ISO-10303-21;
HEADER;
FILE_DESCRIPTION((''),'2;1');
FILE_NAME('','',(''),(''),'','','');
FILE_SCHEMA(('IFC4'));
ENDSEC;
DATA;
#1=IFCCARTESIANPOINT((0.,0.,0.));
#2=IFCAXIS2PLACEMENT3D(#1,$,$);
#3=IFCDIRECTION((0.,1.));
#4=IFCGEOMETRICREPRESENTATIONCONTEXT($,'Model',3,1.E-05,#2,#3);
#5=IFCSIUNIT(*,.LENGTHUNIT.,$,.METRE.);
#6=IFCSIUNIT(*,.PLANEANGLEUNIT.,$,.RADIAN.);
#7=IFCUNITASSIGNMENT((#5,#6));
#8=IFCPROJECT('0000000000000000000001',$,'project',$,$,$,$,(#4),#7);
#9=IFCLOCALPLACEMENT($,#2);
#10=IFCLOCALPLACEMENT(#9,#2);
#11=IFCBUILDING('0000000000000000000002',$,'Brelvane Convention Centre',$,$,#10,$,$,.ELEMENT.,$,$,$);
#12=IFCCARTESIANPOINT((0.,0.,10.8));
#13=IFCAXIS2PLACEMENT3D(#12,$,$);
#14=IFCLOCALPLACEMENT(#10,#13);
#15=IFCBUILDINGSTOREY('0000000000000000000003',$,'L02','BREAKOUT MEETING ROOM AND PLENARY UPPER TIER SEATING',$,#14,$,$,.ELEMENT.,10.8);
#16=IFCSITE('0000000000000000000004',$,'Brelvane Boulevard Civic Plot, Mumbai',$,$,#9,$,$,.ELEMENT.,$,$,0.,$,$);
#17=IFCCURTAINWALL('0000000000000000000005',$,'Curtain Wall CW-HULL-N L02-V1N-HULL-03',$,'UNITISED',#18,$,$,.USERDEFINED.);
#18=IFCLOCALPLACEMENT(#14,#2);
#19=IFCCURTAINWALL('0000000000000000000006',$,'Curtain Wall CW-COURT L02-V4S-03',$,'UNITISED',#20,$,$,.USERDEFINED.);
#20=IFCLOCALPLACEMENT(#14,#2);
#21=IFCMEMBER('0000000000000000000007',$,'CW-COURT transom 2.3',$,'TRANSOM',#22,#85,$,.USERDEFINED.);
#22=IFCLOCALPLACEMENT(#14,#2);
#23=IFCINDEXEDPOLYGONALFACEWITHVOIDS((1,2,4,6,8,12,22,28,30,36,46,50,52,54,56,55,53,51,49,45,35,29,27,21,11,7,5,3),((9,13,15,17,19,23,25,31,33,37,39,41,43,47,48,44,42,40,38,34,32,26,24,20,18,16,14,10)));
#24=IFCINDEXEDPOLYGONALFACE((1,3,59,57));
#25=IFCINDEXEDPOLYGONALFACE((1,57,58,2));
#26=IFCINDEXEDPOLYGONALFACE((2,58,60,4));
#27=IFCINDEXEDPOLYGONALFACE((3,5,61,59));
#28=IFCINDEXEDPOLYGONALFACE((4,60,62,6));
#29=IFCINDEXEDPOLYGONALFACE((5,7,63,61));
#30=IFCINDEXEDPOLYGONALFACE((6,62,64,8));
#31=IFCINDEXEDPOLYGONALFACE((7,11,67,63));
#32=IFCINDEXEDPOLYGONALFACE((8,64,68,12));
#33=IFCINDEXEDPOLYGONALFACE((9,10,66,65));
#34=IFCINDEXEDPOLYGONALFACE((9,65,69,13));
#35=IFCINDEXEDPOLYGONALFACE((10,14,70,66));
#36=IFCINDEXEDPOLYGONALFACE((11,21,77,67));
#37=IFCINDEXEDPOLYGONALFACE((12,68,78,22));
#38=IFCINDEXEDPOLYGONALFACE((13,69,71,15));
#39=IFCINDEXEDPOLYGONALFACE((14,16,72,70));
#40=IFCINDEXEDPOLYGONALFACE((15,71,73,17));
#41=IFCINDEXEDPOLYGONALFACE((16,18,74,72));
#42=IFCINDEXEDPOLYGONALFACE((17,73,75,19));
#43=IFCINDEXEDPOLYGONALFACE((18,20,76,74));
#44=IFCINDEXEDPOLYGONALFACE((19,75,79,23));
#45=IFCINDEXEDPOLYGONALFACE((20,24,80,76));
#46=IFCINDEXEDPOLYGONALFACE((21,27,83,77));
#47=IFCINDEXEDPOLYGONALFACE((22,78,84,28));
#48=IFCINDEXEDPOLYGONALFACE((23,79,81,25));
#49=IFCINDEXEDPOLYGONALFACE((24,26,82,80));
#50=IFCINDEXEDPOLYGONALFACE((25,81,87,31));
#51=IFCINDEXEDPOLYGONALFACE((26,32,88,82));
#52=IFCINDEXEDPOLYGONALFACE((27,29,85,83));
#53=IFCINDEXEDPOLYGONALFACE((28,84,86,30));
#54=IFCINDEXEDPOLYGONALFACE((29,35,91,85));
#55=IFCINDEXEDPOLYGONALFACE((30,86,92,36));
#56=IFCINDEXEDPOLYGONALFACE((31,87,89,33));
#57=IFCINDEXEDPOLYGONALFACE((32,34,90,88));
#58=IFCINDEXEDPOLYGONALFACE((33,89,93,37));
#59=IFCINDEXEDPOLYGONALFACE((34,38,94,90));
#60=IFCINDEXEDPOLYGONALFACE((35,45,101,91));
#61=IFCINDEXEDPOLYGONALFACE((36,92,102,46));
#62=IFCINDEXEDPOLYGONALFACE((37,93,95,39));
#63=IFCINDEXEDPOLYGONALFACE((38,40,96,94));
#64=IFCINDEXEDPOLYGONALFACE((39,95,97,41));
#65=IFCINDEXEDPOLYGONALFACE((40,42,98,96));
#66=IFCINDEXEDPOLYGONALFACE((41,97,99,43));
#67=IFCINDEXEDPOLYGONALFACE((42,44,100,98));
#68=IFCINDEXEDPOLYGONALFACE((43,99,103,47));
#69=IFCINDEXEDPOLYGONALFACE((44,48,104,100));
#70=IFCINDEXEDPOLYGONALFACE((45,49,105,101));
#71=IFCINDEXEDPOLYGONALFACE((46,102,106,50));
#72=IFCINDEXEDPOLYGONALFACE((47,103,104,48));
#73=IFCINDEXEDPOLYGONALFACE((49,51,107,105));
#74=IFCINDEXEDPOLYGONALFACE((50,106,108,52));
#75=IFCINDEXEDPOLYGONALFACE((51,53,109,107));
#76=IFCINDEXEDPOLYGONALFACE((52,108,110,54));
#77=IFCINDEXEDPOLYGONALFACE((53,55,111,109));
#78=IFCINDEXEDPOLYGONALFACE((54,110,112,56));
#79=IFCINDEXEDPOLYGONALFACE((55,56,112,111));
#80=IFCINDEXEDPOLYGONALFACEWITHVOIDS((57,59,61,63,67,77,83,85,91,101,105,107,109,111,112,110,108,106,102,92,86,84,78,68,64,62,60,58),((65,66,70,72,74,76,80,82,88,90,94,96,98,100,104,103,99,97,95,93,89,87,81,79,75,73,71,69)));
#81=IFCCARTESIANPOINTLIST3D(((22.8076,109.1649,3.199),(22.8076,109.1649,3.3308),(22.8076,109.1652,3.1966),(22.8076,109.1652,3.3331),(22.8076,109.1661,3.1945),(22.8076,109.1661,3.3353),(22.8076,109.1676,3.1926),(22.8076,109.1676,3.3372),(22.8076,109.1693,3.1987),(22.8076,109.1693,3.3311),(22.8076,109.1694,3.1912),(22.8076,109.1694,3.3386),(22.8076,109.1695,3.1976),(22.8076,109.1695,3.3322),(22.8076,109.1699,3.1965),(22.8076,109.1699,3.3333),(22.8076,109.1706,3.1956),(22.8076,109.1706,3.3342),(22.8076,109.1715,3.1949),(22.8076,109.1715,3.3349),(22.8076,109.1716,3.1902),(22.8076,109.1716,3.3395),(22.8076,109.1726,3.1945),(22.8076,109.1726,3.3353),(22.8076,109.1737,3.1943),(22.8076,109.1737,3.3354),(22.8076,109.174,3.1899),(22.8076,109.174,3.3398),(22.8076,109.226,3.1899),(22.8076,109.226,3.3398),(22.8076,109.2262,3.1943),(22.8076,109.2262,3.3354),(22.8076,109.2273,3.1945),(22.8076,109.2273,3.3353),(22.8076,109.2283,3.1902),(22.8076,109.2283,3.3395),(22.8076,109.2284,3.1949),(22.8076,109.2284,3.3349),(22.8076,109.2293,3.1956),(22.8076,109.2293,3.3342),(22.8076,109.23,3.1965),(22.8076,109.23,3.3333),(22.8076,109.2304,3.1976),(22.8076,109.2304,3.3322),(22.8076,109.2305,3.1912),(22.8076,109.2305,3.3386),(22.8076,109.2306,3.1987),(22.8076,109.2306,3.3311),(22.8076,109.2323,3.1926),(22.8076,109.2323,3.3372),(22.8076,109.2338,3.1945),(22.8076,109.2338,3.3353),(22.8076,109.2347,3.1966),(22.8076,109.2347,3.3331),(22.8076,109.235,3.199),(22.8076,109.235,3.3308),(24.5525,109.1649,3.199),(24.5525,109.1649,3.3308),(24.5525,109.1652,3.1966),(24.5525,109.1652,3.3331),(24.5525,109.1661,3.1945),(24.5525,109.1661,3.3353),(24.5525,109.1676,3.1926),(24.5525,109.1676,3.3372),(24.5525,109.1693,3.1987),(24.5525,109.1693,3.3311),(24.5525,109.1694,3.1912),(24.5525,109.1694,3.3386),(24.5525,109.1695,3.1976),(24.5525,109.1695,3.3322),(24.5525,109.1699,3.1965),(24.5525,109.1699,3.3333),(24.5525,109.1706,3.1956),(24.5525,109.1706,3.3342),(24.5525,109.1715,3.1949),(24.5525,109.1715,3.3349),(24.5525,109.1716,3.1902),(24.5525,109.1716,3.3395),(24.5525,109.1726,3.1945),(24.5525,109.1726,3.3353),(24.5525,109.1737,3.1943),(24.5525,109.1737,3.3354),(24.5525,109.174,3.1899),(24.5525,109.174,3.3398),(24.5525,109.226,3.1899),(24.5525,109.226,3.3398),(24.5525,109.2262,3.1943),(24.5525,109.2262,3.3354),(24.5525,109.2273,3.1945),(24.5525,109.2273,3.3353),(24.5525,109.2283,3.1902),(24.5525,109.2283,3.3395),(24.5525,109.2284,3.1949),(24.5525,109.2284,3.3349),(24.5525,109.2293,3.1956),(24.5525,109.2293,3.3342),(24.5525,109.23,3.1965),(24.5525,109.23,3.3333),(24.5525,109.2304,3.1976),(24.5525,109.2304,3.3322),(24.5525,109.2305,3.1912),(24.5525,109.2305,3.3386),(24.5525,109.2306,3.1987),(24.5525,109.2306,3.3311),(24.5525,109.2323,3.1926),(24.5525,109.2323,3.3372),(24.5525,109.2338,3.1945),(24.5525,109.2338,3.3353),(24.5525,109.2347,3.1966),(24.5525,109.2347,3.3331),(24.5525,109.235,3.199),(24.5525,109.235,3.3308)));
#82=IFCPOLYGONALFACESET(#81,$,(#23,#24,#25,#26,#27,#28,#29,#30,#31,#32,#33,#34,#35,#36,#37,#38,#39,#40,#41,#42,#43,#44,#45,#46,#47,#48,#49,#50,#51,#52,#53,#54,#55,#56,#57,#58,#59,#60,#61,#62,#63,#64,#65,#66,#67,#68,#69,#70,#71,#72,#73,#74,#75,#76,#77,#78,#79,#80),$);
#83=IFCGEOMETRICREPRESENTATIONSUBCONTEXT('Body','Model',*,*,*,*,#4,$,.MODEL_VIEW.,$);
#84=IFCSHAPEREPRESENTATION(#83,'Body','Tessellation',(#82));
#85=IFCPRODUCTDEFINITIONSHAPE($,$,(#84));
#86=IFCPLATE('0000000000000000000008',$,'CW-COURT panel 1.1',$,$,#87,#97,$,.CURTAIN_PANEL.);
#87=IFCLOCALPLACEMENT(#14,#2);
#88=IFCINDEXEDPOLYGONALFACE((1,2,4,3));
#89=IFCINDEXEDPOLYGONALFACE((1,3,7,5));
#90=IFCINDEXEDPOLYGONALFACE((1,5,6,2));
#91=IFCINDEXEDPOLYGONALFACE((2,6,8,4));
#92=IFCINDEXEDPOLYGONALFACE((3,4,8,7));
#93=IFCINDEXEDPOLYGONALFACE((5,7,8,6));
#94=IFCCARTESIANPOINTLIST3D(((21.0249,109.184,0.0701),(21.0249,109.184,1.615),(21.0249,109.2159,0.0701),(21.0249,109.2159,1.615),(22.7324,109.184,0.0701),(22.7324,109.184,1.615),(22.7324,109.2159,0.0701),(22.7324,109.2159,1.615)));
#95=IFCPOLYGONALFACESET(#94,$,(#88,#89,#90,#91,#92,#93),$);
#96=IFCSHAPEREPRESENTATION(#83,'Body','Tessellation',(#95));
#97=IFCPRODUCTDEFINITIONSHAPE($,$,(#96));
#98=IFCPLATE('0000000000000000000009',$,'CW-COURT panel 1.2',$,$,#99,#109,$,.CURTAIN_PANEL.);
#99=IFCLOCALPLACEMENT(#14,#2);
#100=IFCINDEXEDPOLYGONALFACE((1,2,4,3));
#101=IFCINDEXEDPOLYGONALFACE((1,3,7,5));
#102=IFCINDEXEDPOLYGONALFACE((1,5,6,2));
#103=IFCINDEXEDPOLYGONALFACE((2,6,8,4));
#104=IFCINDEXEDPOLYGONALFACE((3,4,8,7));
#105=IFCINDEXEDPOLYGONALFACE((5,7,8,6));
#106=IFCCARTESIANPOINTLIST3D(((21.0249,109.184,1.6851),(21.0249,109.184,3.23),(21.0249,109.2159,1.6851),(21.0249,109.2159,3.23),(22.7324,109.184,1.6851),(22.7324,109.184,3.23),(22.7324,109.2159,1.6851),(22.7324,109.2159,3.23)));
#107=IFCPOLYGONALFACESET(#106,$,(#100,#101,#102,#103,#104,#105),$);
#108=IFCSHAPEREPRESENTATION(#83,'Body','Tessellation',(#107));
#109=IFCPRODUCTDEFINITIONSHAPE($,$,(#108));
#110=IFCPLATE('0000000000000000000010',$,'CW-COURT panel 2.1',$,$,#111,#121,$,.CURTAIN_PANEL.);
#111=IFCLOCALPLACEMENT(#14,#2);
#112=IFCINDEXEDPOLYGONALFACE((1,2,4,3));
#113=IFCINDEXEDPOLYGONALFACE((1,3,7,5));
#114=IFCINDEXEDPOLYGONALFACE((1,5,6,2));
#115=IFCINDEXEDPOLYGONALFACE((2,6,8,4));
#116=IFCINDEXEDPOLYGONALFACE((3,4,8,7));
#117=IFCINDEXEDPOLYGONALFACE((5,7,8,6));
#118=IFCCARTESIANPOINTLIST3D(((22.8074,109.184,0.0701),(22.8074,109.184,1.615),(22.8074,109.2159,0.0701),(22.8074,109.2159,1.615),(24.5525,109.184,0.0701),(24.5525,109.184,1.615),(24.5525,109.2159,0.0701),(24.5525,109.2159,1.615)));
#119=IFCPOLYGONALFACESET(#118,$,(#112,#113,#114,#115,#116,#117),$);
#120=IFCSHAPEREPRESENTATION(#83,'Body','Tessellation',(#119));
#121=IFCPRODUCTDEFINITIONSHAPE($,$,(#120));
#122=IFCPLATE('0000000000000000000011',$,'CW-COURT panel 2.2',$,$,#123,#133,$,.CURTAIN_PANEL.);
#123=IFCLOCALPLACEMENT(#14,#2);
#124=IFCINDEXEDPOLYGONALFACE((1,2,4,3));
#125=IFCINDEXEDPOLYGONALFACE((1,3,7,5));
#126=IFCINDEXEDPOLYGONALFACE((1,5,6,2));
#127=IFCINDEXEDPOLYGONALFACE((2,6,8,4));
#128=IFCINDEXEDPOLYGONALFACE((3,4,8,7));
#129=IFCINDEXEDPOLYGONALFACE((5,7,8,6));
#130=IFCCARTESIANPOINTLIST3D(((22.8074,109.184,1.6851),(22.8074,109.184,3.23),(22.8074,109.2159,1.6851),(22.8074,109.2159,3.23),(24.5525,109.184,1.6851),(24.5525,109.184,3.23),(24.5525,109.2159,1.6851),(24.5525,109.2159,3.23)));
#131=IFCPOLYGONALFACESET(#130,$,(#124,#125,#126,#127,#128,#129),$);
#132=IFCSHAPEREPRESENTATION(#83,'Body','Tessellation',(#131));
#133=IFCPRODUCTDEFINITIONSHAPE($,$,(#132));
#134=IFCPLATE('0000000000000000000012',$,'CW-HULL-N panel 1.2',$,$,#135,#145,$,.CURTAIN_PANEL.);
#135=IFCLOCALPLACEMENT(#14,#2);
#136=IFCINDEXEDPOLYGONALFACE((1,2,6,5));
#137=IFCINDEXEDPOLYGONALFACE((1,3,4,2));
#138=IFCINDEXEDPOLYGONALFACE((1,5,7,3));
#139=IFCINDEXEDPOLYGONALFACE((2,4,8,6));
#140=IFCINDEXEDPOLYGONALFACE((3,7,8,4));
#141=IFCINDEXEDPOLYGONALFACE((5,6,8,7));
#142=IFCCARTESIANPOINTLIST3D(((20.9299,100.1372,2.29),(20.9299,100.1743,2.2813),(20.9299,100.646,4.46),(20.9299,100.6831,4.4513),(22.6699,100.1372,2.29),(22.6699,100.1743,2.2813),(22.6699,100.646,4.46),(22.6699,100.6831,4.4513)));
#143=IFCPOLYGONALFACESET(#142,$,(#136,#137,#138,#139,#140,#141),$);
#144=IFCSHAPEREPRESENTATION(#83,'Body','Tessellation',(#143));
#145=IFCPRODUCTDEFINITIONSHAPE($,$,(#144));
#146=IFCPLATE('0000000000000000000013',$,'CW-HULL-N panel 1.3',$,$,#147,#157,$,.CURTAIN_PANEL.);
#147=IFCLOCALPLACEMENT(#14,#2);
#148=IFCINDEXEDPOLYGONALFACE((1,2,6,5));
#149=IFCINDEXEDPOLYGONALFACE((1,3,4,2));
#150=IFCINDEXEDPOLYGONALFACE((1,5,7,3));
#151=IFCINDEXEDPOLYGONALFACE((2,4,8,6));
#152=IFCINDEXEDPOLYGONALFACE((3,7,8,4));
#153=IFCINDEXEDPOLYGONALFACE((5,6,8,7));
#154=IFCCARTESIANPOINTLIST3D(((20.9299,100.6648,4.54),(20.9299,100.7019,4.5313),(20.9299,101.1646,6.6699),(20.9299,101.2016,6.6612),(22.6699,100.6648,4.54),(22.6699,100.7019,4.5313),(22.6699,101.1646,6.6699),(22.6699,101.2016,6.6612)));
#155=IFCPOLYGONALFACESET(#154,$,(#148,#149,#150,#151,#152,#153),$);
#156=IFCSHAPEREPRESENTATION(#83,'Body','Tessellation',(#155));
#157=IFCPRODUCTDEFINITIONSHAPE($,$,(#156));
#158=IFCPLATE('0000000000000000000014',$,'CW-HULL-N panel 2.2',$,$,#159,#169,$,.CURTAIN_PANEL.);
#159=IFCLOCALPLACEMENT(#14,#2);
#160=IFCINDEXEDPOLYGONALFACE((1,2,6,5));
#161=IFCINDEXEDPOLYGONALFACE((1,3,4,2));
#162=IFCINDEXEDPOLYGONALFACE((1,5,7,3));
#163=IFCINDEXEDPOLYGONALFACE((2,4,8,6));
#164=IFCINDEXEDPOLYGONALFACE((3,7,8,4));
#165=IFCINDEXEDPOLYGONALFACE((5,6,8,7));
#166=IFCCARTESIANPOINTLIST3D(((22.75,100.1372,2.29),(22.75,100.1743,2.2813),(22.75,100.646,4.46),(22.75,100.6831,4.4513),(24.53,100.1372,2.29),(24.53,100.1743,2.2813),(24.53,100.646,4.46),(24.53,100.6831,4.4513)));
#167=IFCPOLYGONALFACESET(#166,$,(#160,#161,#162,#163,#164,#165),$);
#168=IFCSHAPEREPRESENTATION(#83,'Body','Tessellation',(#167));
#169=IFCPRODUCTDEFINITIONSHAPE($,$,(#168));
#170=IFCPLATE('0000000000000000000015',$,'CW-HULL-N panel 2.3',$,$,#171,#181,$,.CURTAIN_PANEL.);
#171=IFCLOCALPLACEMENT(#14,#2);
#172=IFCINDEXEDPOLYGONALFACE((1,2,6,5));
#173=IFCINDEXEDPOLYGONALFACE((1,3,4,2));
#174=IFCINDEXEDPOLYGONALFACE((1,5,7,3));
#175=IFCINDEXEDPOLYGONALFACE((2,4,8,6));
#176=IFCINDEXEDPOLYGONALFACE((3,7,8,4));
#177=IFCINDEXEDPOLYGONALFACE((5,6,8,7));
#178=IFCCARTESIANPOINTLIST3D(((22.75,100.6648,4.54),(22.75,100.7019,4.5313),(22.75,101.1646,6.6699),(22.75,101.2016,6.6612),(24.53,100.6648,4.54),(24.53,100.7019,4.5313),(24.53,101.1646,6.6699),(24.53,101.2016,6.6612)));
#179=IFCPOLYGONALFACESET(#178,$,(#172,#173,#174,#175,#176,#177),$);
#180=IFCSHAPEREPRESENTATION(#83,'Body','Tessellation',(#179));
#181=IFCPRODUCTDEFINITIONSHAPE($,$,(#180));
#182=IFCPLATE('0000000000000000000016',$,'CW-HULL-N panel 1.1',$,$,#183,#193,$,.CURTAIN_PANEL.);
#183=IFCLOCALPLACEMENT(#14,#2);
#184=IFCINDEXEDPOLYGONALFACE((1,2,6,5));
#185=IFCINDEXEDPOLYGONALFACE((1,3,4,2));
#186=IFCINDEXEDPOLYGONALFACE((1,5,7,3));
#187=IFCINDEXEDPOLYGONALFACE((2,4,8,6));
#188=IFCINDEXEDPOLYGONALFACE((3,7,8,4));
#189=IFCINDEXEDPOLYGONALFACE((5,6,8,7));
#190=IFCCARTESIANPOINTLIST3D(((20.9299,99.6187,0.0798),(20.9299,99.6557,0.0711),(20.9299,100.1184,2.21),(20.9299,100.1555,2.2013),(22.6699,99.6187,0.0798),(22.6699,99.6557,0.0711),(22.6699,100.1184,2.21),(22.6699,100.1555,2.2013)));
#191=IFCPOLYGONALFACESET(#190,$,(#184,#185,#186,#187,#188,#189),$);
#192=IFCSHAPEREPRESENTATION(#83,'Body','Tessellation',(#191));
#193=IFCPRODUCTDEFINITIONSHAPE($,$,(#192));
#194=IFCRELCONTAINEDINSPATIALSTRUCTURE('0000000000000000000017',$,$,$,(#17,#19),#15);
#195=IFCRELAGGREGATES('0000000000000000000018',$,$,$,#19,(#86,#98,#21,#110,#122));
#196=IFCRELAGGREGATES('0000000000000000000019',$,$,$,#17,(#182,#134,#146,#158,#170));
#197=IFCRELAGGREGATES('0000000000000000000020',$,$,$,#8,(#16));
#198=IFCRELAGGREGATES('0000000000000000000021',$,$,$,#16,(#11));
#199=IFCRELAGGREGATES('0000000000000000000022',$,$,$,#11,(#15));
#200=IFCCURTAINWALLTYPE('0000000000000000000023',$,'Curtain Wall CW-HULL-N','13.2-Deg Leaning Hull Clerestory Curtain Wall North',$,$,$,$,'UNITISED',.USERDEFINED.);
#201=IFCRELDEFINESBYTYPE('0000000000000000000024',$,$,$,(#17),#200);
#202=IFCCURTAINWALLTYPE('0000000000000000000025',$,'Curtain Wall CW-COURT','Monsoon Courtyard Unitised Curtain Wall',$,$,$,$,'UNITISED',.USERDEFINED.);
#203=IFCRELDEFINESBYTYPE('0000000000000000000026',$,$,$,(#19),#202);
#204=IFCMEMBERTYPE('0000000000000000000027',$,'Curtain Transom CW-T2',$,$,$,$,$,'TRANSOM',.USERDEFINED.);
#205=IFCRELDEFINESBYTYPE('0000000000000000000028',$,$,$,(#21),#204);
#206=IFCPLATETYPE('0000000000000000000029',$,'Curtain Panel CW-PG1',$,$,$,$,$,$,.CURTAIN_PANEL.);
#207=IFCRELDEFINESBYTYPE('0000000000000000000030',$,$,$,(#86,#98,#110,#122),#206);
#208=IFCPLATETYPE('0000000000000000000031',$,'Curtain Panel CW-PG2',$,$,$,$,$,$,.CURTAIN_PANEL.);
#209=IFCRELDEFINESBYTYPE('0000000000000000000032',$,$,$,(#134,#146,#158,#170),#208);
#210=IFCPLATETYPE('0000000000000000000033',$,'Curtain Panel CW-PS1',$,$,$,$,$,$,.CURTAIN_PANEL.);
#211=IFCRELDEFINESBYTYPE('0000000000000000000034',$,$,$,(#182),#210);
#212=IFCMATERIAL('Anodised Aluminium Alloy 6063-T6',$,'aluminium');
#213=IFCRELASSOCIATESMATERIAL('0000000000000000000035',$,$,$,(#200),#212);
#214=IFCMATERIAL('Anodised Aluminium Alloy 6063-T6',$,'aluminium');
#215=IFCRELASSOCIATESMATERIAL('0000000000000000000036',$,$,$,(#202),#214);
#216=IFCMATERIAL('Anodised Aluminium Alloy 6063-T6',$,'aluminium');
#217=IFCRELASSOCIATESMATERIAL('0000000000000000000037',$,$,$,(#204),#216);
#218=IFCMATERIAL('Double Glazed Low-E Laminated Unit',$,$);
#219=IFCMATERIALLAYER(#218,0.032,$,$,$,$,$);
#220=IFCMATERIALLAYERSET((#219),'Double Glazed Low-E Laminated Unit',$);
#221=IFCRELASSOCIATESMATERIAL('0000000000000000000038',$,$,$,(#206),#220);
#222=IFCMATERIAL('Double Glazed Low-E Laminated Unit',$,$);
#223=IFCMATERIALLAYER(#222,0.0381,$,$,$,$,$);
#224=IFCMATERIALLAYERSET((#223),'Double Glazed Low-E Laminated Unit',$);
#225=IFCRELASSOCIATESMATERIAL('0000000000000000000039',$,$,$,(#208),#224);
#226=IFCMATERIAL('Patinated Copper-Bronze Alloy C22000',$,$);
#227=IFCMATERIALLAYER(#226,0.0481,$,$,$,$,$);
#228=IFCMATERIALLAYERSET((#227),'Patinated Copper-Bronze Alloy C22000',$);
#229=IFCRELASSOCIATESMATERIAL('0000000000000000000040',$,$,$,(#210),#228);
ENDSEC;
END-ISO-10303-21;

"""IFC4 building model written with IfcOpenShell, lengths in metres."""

from ifc_helpers import new_model, si_unit, direction, frame, origin, origin_2d, place, context, subcontext, project, spatial, polyline, rectangle, hollow_rectangle, outline, extrude, material, layer, layer_set, material_profile, profile_set, type_object, element, aggregate, save


model = new_model("IFC4")

# Units and contexts
model_context = context("Model", 3, precision=1e-05, world=origin(), true_north=direction((0.0, 1.0)))
body_context = subcontext(model_context, "Body", "Model", "MODEL_VIEW")
ifc_project = project(units=[si_unit("LENGTHUNIT", "METRE"), si_unit("PLANEANGLEUNIT", "RADIAN")], contexts=[model_context])

# Site, building, storey
site_placement = place(None, origin())
site = spatial("IfcSite", under=ifc_project, at=site_placement, Name="Brelvane Boulevard Civic Plot, Mumbai", CompositionType="ELEMENT", RefElevation=0.0)
building_placement = place(site_placement, origin())
building = spatial("IfcBuilding", under=site, at=building_placement, Name="Brelvane Convention Centre", CompositionType="ELEMENT")
storey_placement = place(building_placement, frame((0.0, 0.0, 10.8)))
storey = spatial("IfcBuildingStorey", under=building, at=storey_placement, Name="L02", Description="BREAKOUT MEETING ROOM AND PLENARY UPPER TIER SEATING", CompositionType="ELEMENT", Elevation=10.8)

# Curtain walls
ifc_material_1 = material(Name="Anodised Aluminium Alloy 6063-T6", Category="aluminium")
curtain_wall_type_1 = type_object("IfcCurtainWallType", Name="Curtain Wall CW-HULL-N", Description="13.2-Deg Leaning Hull Clerestory Curtain Wall North", ElementType="UNITISED", PredefinedType="USERDEFINED", material=ifc_material_1)
curtain_wall_1_placement = place(storey_placement, origin())
curtain_wall_1 = element("IfcCurtainWall", 1, at=curtain_wall_1_placement, inside=storey, type_object=curtain_wall_type_1, Name="Curtain Wall CW-HULL-N L02-V1N-HULL-03", ObjectType="UNITISED", PredefinedType="USERDEFINED")
ifc_material_2 = material(Name="Anodised Aluminium Alloy 6063-T6", Category="aluminium")
curtain_wall_type_2 = type_object("IfcCurtainWallType", Name="Curtain Wall CW-COURT", Description="Monsoon Courtyard Unitised Curtain Wall", ElementType="UNITISED", PredefinedType="USERDEFINED", material=ifc_material_2)
curtain_wall_2_placement = place(storey_placement, origin())
curtain_wall_2 = element("IfcCurtainWall", 2, at=curtain_wall_2_placement, inside=storey, type_object=curtain_wall_type_2, Name="Curtain Wall CW-COURT L02-V4S-03", ObjectType="UNITISED", PredefinedType="USERDEFINED")

# Member
ifc_material_3 = material(Name="Anodised Aluminium Alloy 6063-T6", Category="aluminium")
ifc_material_profile_1 = material_profile(ifc_material_3, hollow_rectangle(XDim=0.0701, YDim=0.1499, WallThickness=0.0044, InnerFilletRadius=0.0044, OuterFilletRadius=0.009, at=origin_2d()), Name="ALU-T 150x70x4.5")
ifc_profile_set_1 = profile_set([ifc_material_profile_1], Name="Anodised Aluminium Alloy 6063-T6")
member_type_1 = type_object("IfcMemberType", Name="Curtain Transom CW-T2", ElementType="TRANSOM", PredefinedType="USERDEFINED", material=ifc_profile_set_1)
member_1_placement = place(storey_placement, frame((22.8076, 109.2, 3.2649), z_axis=(1.0, 0.0, 0.0), x_axis=(0.0, 1.0, 0.0)))
member_1 = element("IfcMember", 3, at=member_1_placement, type_object=member_type_1, Name="CW-COURT transom 2.3", ObjectType="TRANSOM", PredefinedType="USERDEFINED", context=body_context, shape_type="SweptSolid", body=[
    extrude(hollow_rectangle(XDim=0.0701, YDim=0.1499, WallThickness=0.0044, InnerFilletRadius=0.0044, OuterFilletRadius=0.009, at=origin_2d()), origin(), (0.0, 0.0, 1.0), 1.7449),
])

# Plates
ifc_material_4 = material(Name="Double Glazed Low-E Laminated Unit")
ifc_layer_1 = layer(ifc_material_4, 0.032)
ifc_layer_set_1 = layer_set([ifc_layer_1], Name="Double Glazed Low-E Laminated Unit")
plate_type_1 = type_object("IfcPlateType", Name="Curtain Panel CW-PG1", PredefinedType="CURTAIN_PANEL", material=ifc_layer_set_1)
plate_1_placement = place(storey_placement, frame((21.8787, 109.2, 0.0701), z_axis=(0.0, 0.0, 1.0), x_axis=(1.0, 0.0, 0.0)))
plate_1 = element("IfcPlate", 4, at=plate_1_placement, type_object=plate_type_1, Name="CW-COURT panel 1.1", PredefinedType="CURTAIN_PANEL", context=body_context, shape_type="SweptSolid", body=[
    extrude(rectangle(XDim=1.7075, YDim=0.032, at=origin_2d()), origin(), (0.0, 0.0, 1.0), 1.5449),
])
plate_2_placement = place(storey_placement, frame((21.8787, 109.2, 1.6851), z_axis=(0.0, 0.0, 1.0), x_axis=(1.0, 0.0, 0.0)))
plate_2 = element("IfcPlate", 5, at=plate_2_placement, type_object=plate_type_1, Name="CW-COURT panel 1.2", PredefinedType="CURTAIN_PANEL", context=body_context, shape_type="SweptSolid", body=[
    extrude(rectangle(XDim=1.7075, YDim=0.032, at=origin_2d()), origin(), (0.0, 0.0, 1.0), 1.5449),
])
plate_3_placement = place(storey_placement, frame((23.6799, 109.2, 0.0701), z_axis=(0.0, 0.0, 1.0), x_axis=(1.0, 0.0, 0.0)))
plate_3 = element("IfcPlate", 6, at=plate_3_placement, type_object=plate_type_1, Name="CW-COURT panel 2.1", PredefinedType="CURTAIN_PANEL", context=body_context, shape_type="SweptSolid", body=[
    extrude(rectangle(XDim=1.7451, YDim=0.032, at=origin_2d()), origin(), (0.0, 0.0, 1.0), 1.5449),
])
plate_4_placement = place(storey_placement, frame((23.6799, 109.2, 1.6851), z_axis=(0.0, 0.0, 1.0), x_axis=(1.0, 0.0, 0.0)))
plate_4 = element("IfcPlate", 7, at=plate_4_placement, type_object=plate_type_1, Name="CW-COURT panel 2.2", PredefinedType="CURTAIN_PANEL", context=body_context, shape_type="SweptSolid", body=[
    extrude(rectangle(XDim=1.7451, YDim=0.032, at=origin_2d()), origin(), (0.0, 0.0, 1.0), 1.5449),
])
aggregate(curtain_wall_2, [plate_1, plate_2, member_1, plate_3, plate_4])
ifc_material_5 = material(Name="Double Glazed Low-E Laminated Unit")
ifc_layer_2 = layer(ifc_material_5, 0.0381)
ifc_layer_set_2 = layer_set([ifc_layer_2], Name="Double Glazed Low-E Laminated Unit")
plate_type_2 = type_object("IfcPlateType", Name="Curtain Panel CW-PG2", PredefinedType="CURTAIN_PANEL", material=ifc_layer_set_2)
plate_5_placement = place(storey_placement, frame((20.9299, 100.1372, 2.29), z_axis=(0.0, -0.973595, 0.228282), x_axis=(1.0, 0.0, 0.0)))
plate_5 = element("IfcPlate", 8, at=plate_5_placement, type_object=plate_type_2, Name="CW-HULL-N panel 1.2", PredefinedType="CURTAIN_PANEL", context=body_context, shape_type="SweptSolid", body=[
    extrude(outline(polyline([(0.0, 0.0), (1.74, 0.0), (1.74, 2.2288), (0.0, 2.2288), (0.0, 0.0)])), origin(), (0.0, 0.0, -1.0), 0.0381),
])
plate_6_placement = place(storey_placement, frame((20.9299, 100.6648, 4.54), z_axis=(0.0, -0.973559, 0.228436), x_axis=(1.0, 0.0, 0.0)))
plate_6 = element("IfcPlate", 9, at=plate_6_placement, type_object=plate_type_2, Name="CW-HULL-N panel 1.3", PredefinedType="CURTAIN_PANEL", context=body_context, shape_type="SweptSolid", body=[
    extrude(outline(polyline([(0.0, 0.0), (1.74, 0.0), (1.74, 2.1877), (0.0, 2.1877), (0.0, 0.0)])), origin(), (0.0, 0.0, -1.0), 0.0381),
])
plate_7_placement = place(storey_placement, frame((22.75, 100.1372, 2.29), z_axis=(0.0, -0.973595, 0.228282), x_axis=(1.0, 0.0, 0.0)))
plate_7 = element("IfcPlate", 10, at=plate_7_placement, type_object=plate_type_2, Name="CW-HULL-N panel 2.2", PredefinedType="CURTAIN_PANEL", context=body_context, shape_type="SweptSolid", body=[
    extrude(outline(polyline([(0.0, 0.0), (1.78, 0.0), (1.78, 2.2288), (0.0, 2.2288), (0.0, 0.0)])), origin(), (0.0, 0.0, -1.0), 0.0381),
])
plate_8_placement = place(storey_placement, frame((22.75, 100.6648, 4.54), z_axis=(0.0, -0.973559, 0.228436), x_axis=(1.0, 0.0, 0.0)))
plate_8 = element("IfcPlate", 11, at=plate_8_placement, type_object=plate_type_2, Name="CW-HULL-N panel 2.3", PredefinedType="CURTAIN_PANEL", context=body_context, shape_type="SweptSolid", body=[
    extrude(outline(polyline([(0.0, 0.0), (1.78, 0.0), (1.78, 2.1877), (0.0, 2.1877), (0.0, 0.0)])), origin(), (0.0, 0.0, -1.0), 0.0381),
])
ifc_material_6 = material(Name="Patinated Copper-Bronze Alloy C22000")
ifc_layer_3 = layer(ifc_material_6, 0.0481)
ifc_layer_set_3 = layer_set([ifc_layer_3], Name="Patinated Copper-Bronze Alloy C22000")
plate_type_3 = type_object("IfcPlateType", Name="Curtain Panel CW-PS1", PredefinedType="CURTAIN_PANEL", material=ifc_layer_set_3)
plate_9_placement = place(storey_placement, frame((20.9299, 99.6187, 0.0798), z_axis=(0.0, -0.973565, 0.228411), x_axis=(1.0, 0.0, 0.0)))
plate_9 = element("IfcPlate", 12, at=plate_9_placement, type_object=plate_type_3, Name="CW-HULL-N panel 1.1", PredefinedType="CURTAIN_PANEL", context=body_context, shape_type="SweptSolid", body=[
    extrude(outline(polyline([(0.0, 0.0), (1.74, 0.0), (1.74, 2.188), (0.0, 2.188), (0.0, 0.0)])), origin(), (0.0, 0.0, -1.0), 0.0381),
])
aggregate(curtain_wall_1, [plate_9, plate_5, plate_6, plate_7, plate_8])

save(model, "model.ifc")
